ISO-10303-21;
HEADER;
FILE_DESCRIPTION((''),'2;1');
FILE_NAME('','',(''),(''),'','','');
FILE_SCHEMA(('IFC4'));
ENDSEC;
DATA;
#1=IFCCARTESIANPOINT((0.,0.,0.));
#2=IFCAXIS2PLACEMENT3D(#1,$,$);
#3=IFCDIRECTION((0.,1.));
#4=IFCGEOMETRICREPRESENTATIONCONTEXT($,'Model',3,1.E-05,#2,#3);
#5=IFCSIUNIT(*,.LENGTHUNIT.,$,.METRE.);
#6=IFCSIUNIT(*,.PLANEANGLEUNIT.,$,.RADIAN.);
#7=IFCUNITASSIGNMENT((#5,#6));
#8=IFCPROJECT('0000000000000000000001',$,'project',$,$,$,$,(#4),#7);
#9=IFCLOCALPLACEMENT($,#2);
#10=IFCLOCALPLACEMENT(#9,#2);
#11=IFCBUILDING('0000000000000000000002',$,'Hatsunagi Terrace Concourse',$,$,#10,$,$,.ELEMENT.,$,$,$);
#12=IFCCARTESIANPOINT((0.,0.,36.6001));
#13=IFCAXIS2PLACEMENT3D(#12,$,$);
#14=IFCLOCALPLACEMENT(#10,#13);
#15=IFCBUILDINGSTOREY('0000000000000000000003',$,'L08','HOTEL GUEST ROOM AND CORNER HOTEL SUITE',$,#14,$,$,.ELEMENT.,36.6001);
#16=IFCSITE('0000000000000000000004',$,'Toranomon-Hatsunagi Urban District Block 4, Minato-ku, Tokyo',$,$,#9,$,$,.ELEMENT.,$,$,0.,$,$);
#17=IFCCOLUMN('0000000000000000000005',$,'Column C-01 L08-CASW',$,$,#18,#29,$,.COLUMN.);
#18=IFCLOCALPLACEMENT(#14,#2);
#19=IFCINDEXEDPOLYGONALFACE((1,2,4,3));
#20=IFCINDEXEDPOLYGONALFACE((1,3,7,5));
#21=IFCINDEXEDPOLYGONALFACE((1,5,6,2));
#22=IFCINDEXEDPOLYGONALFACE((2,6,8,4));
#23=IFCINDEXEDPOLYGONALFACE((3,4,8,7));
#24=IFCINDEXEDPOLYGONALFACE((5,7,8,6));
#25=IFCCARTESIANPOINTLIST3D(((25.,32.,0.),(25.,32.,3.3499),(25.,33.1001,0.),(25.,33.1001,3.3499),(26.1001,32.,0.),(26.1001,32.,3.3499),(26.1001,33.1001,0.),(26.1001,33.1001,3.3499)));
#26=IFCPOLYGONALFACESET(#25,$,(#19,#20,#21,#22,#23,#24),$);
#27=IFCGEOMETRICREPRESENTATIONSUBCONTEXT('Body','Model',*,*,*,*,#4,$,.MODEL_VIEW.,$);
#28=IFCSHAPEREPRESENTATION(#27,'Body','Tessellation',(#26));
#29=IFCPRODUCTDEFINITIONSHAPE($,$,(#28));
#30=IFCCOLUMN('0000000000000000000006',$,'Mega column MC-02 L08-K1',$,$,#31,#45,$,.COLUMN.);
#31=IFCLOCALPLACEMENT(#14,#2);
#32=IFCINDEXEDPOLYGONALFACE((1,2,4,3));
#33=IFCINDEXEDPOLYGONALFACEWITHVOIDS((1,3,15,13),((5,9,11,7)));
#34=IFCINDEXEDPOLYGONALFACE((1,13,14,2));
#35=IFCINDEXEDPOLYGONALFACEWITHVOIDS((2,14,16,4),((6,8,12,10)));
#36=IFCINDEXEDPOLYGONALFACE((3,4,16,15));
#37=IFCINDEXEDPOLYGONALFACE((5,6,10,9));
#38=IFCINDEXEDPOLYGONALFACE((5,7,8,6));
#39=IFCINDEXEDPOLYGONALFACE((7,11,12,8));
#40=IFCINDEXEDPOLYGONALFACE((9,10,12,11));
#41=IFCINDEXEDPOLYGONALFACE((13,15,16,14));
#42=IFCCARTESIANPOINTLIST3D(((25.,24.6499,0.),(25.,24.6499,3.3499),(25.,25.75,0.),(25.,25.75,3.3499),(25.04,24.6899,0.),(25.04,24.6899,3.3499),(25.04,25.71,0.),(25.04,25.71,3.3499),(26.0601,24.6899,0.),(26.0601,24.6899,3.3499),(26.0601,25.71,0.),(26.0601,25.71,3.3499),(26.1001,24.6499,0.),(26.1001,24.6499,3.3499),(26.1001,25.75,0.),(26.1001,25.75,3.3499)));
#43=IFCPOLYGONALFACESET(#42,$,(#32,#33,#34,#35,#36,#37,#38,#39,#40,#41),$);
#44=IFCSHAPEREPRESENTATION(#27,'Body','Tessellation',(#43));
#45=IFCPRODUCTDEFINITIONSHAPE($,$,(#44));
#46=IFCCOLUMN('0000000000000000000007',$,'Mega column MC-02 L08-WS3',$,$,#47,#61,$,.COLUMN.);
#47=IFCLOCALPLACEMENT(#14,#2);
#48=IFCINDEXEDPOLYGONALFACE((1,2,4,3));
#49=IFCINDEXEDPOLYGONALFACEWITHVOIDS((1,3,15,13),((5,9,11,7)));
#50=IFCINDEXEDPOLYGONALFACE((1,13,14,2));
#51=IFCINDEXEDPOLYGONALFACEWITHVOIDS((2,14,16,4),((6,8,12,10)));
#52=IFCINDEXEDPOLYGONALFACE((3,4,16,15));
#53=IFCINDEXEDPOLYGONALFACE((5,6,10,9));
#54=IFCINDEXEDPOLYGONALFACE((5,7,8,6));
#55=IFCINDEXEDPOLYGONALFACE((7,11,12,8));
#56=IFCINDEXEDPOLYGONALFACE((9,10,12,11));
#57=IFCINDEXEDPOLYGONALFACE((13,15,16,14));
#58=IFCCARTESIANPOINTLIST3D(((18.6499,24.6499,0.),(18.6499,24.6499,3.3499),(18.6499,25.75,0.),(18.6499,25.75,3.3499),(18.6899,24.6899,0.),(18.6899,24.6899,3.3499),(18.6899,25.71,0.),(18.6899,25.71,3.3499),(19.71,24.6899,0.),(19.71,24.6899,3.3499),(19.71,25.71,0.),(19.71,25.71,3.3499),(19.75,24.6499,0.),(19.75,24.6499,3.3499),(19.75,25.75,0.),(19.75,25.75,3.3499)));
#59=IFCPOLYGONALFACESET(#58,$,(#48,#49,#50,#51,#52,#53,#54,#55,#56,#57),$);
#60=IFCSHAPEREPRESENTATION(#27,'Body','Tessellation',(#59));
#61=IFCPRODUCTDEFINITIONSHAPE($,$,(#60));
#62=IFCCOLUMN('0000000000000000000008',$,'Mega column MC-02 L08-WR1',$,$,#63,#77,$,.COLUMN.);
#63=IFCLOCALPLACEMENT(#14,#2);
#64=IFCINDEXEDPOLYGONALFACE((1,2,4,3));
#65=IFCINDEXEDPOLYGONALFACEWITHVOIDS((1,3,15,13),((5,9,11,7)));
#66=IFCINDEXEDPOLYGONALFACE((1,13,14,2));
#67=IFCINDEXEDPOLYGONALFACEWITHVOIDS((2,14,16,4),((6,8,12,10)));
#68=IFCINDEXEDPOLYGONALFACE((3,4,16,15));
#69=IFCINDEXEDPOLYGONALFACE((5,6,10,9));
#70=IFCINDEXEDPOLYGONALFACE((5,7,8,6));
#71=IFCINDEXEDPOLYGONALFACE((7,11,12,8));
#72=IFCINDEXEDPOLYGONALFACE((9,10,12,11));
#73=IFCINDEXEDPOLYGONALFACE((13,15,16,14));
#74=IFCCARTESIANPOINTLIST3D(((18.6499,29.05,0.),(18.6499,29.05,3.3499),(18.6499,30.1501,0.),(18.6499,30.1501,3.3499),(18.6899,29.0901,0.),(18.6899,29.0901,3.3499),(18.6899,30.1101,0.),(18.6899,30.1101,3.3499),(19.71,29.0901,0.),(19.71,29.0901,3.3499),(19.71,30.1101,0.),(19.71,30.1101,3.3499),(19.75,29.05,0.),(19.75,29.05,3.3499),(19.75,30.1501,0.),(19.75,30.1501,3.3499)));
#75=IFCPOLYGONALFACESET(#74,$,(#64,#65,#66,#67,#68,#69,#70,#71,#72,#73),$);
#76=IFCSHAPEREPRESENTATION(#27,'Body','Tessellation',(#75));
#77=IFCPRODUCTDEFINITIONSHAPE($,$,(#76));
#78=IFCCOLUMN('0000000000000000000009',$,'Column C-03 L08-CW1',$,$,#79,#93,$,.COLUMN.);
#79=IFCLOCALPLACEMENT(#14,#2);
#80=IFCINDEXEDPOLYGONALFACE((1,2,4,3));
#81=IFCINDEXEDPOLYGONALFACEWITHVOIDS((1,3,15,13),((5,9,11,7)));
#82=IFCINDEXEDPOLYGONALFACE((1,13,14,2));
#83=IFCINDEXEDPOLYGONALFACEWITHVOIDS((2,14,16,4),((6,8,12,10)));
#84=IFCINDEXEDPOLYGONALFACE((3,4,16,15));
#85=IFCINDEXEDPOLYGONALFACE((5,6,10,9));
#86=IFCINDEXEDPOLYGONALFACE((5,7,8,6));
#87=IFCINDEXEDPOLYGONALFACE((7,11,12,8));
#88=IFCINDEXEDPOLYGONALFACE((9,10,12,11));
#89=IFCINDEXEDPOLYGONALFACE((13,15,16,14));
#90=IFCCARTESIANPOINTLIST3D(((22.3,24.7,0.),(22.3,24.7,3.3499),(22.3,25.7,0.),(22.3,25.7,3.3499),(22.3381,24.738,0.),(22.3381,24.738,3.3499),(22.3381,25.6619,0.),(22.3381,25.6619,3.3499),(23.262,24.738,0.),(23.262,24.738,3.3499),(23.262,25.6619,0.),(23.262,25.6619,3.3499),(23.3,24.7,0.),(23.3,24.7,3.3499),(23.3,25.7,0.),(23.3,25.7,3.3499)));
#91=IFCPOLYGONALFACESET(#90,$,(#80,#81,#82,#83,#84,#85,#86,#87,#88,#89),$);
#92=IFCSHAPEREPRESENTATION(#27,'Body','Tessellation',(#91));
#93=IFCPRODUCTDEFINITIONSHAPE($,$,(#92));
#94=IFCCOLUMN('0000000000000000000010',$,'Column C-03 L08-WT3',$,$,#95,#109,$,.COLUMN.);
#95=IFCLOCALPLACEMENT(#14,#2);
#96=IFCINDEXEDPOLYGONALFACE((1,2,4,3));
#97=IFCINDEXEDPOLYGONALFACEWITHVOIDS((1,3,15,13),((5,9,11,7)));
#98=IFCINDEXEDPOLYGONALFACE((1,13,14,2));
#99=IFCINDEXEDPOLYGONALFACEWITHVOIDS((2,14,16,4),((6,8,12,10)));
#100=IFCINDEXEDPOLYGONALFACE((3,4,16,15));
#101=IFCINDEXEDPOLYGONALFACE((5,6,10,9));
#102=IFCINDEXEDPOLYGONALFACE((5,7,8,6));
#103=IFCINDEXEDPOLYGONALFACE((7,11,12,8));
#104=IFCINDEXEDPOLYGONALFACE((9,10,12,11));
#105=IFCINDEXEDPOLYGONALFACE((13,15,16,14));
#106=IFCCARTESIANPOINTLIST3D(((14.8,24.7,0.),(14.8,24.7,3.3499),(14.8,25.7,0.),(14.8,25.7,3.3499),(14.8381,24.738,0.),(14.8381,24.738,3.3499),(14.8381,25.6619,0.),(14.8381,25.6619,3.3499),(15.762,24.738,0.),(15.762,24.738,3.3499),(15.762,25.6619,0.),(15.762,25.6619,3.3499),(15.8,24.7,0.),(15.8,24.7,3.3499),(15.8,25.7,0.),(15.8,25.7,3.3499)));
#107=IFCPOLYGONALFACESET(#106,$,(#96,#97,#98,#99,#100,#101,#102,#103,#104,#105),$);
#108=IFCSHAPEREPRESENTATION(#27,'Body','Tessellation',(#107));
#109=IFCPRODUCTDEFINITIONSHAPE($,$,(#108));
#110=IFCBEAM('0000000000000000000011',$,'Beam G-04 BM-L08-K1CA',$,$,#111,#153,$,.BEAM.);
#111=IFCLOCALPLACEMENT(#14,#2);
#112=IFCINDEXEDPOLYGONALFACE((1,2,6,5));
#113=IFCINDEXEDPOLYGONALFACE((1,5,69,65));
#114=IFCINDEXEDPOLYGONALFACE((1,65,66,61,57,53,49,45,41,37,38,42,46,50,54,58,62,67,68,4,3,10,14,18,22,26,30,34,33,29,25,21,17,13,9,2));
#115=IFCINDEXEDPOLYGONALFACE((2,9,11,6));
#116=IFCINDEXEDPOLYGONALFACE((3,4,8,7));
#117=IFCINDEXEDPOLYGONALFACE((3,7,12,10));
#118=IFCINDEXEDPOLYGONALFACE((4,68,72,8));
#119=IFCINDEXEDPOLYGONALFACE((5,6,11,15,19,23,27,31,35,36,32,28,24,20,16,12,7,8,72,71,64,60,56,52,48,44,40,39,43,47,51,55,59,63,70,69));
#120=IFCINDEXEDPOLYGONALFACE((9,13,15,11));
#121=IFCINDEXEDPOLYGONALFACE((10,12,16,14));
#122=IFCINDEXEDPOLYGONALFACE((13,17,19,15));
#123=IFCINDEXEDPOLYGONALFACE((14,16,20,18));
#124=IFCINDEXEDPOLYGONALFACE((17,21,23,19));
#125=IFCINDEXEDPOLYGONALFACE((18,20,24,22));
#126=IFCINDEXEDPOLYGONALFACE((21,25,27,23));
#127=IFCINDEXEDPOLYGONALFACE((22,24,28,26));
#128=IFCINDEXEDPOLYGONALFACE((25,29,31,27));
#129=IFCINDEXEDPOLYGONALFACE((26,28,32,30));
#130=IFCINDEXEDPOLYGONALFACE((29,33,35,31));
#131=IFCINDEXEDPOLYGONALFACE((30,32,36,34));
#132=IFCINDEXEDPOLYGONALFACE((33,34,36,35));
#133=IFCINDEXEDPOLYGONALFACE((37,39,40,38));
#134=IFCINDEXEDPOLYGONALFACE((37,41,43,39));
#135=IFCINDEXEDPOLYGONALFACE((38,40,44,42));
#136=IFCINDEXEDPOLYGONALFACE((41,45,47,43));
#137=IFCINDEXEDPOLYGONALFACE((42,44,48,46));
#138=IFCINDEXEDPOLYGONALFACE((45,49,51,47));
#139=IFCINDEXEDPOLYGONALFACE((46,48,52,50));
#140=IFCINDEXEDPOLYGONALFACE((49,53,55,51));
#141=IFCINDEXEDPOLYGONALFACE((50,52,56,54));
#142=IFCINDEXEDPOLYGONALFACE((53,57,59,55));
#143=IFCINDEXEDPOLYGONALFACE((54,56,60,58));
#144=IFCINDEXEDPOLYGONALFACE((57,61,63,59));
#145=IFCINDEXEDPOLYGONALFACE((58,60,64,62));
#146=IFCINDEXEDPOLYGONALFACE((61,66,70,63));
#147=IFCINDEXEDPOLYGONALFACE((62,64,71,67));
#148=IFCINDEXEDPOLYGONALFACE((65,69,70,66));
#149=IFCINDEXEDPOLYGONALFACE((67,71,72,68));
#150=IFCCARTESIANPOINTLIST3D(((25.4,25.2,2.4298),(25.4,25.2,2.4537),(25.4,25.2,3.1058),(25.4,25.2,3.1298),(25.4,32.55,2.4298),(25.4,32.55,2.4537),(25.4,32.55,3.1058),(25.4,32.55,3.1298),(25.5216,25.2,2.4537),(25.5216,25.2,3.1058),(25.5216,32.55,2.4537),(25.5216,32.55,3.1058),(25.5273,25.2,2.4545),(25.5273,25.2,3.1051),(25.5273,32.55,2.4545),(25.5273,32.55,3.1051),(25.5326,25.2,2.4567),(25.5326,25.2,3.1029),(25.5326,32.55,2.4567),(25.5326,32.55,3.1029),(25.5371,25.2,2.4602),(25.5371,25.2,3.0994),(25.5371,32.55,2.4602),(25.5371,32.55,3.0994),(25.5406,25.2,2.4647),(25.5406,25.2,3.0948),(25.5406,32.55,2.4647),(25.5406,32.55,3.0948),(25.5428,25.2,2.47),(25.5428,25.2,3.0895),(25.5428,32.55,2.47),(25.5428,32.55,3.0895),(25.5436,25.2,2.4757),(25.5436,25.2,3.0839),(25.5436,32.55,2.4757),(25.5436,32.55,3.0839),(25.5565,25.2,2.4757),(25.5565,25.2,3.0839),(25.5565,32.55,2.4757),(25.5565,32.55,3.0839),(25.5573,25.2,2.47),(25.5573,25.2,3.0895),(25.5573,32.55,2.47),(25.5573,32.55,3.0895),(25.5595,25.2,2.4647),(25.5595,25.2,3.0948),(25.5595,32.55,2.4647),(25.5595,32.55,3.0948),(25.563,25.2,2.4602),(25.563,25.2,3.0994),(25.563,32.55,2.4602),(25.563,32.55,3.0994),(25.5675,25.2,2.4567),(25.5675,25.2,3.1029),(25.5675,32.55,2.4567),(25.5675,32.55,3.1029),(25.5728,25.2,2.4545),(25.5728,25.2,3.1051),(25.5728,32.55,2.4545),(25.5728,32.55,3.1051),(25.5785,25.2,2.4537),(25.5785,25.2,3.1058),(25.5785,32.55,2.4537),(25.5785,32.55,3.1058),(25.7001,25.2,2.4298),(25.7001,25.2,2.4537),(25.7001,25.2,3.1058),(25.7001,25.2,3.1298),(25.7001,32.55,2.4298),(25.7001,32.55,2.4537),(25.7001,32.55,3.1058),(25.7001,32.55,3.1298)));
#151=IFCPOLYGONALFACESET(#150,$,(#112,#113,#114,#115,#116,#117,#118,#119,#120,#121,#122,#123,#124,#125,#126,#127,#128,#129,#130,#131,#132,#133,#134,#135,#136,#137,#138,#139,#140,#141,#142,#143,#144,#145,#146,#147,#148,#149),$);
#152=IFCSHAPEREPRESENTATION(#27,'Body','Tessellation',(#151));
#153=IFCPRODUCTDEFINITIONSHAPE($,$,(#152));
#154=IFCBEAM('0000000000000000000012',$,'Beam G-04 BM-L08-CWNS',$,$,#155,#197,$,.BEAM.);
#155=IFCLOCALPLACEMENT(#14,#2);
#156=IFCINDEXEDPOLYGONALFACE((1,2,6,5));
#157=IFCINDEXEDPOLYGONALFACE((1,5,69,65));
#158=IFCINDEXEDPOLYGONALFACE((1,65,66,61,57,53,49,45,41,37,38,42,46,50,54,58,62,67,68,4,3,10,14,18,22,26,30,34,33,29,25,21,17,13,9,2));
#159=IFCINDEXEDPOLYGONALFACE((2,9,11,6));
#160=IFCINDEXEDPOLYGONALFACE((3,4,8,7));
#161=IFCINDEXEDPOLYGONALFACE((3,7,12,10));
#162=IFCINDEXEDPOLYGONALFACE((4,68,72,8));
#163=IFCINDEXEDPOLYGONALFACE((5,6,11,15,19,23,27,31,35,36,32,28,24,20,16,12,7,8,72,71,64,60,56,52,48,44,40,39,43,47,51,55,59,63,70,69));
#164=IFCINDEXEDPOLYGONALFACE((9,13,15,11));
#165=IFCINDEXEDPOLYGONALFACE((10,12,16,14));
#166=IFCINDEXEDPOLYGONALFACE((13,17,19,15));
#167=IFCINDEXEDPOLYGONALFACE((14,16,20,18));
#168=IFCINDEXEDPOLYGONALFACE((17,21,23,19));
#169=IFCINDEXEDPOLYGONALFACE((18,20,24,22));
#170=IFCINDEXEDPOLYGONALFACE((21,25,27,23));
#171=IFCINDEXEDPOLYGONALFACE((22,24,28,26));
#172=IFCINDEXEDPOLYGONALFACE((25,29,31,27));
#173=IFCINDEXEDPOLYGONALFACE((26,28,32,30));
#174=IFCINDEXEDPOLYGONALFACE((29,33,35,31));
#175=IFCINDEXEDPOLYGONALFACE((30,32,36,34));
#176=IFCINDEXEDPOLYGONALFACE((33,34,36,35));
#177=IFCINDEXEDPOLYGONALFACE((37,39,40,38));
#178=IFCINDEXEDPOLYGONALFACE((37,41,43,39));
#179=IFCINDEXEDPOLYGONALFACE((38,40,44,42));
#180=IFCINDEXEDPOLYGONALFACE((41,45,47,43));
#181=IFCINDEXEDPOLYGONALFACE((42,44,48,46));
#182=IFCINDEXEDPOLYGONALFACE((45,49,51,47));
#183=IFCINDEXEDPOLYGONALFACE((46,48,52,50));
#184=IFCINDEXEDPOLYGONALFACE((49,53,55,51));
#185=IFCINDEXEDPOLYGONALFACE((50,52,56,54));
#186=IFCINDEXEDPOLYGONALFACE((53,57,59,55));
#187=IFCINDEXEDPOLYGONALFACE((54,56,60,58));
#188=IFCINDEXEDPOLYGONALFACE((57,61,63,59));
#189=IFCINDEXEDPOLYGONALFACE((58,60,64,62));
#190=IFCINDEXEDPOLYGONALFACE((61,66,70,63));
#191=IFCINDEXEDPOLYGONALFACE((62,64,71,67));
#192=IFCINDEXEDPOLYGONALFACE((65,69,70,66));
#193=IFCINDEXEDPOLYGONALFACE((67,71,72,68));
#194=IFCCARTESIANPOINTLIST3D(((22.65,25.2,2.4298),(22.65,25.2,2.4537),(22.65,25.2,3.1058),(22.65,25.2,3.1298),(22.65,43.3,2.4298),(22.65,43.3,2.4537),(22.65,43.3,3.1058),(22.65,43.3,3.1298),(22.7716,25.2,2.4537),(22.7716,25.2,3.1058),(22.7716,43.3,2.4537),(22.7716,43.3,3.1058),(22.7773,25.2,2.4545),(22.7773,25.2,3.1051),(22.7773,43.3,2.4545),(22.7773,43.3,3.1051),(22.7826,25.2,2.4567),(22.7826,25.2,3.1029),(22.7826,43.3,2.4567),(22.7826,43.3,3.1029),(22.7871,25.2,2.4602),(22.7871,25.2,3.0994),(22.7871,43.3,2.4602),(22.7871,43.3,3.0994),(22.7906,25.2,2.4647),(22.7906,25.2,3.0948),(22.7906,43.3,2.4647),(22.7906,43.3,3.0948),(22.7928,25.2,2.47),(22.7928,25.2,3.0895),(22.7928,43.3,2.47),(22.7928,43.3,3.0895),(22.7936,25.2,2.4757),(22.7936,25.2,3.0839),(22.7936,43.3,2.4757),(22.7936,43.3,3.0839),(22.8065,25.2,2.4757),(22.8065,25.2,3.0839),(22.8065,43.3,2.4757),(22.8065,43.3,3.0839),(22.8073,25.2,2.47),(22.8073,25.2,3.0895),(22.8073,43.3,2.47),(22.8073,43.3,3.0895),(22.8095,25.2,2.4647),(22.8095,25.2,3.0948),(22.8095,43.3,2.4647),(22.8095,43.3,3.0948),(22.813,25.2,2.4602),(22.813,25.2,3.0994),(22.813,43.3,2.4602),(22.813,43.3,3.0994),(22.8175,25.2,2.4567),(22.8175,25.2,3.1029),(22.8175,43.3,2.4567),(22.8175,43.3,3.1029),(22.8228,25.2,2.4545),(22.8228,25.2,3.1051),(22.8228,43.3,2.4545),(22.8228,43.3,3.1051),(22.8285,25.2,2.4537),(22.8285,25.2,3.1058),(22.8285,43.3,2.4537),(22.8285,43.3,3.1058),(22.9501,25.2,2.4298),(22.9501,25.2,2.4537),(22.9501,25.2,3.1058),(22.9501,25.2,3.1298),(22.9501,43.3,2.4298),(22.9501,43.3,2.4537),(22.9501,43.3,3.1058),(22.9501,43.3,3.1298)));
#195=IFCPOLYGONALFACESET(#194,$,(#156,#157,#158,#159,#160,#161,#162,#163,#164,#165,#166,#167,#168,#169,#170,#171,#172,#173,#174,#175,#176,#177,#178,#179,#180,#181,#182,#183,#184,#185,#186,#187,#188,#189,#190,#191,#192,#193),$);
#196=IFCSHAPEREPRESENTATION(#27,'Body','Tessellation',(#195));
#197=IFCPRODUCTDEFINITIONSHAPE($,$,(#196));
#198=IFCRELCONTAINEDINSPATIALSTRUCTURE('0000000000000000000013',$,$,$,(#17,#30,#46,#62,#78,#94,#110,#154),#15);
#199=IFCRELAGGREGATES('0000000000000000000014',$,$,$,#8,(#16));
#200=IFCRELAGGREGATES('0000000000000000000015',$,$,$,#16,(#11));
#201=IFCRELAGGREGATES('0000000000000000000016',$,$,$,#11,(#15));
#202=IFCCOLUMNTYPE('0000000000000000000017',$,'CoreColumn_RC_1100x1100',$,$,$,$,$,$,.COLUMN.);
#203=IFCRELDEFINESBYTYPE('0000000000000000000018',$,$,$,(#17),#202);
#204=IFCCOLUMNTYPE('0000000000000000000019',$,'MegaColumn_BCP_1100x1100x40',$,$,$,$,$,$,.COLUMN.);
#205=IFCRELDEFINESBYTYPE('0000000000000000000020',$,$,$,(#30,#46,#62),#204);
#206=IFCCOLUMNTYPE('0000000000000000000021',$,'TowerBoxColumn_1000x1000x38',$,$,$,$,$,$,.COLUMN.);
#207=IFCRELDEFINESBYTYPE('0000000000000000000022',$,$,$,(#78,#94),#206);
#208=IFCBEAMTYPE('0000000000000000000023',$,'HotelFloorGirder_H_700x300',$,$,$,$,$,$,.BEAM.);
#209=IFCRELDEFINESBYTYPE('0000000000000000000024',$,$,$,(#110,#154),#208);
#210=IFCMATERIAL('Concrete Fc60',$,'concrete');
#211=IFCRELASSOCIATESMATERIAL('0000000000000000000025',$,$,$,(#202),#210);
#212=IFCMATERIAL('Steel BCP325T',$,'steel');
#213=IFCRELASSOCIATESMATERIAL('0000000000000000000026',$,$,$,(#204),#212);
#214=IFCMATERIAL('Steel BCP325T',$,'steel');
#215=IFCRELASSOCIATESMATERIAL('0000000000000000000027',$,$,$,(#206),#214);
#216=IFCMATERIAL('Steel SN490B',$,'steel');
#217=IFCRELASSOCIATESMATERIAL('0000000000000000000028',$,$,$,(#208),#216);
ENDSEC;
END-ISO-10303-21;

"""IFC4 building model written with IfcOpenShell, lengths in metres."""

from ifc_helpers import new_model, si_unit, direction, frame, origin, origin_2d, place, context, subcontext, project, spatial, rectangle, hollow_rectangle, i_section, extrude, material, material_profile, profile_set, type_object, element, save


model = new_model("IFC4")

# Units and contexts
model_context = context("Model", 3, precision=1e-05, world=origin(), true_north=direction((0.0, 1.0)))
body_context = subcontext(model_context, "Body", "Model", "MODEL_VIEW")
ifc_project = project(units=[si_unit("LENGTHUNIT", "METRE"), si_unit("PLANEANGLEUNIT", "RADIAN")], contexts=[model_context])

# Site, building, storey
site_placement = place(None, origin())
site = spatial("IfcSite", under=ifc_project, at=site_placement, Name="Toranomon-Hatsunagi Urban District Block 4, Minato-ku, Tokyo", CompositionType="ELEMENT", RefElevation=0.0)
building_placement = place(site_placement, origin())
building = spatial("IfcBuilding", under=site, at=building_placement, Name="Hatsunagi Terrace Concourse", CompositionType="ELEMENT")
storey_placement = place(building_placement, frame((0.0, 0.0, 36.6001)))
storey = spatial("IfcBuildingStorey", under=building, at=storey_placement, Name="L08", Description="HOTEL GUEST ROOM AND CORNER HOTEL SUITE", CompositionType="ELEMENT", Elevation=36.6001)

# Columns
ifc_material_1 = material(Name="Concrete Fc60", Category="concrete")
ifc_material_profile_1 = material_profile(ifc_material_1, rectangle(XDim=1.1001, YDim=1.1001, at=origin_2d()), Name="RC-1100x1100")
ifc_profile_set_1 = profile_set([ifc_material_profile_1], Name="Concrete Fc60")
column_type_1 = type_object("IfcColumnType", Name="CoreColumn_RC_1100x1100", PredefinedType="COLUMN", material=ifc_profile_set_1)
column_placement = place(storey_placement, frame((25.55, 32.55, 0.0), z_axis=(0.0, 0.0, 1.0), x_axis=(1.0, 0.0, 0.0)))
element("IfcColumn", 1, at=column_placement, inside=storey, type_object=column_type_1, Name="Column C-01 L08-CASW", PredefinedType="COLUMN", context=body_context, shape_type="SweptSolid", body=[
    extrude(rectangle(XDim=1.1001, YDim=1.1001, at=origin_2d()), origin(), (0.0, 0.0, 1.0), 3.3499),
])
ifc_material_2 = material(Name="Steel BCP325T", Category="steel")
ifc_material_profile_2 = material_profile(ifc_material_2, hollow_rectangle(XDim=1.1001, YDim=1.1001, WallThickness=0.04, at=origin_2d()), Name="BCP-1100x1100x40")
ifc_profile_set_2 = profile_set([ifc_material_profile_2], Name="Steel BCP325T")
column_type_2 = type_object("IfcColumnType", Name="MegaColumn_BCP_1100x1100x40", PredefinedType="COLUMN", material=ifc_profile_set_2)
for number, where, z_axis, x_axis, name in (
    (2, (25.55, 25.2, 0.0), (0.0, 0.0, 1.0), (1.0, 0.0, 0.0), "Mega column MC-02 L08-K1"),
    (3, (19.2, 25.2, 0.0), (0.0, 0.0, 1.0), (1.0, 0.0, 0.0), "Mega column MC-02 L08-WS3"),
    (4, (19.2, 29.6001, 0.0), (0.0, 0.0, 1.0), (1.0, 0.0, 0.0), "Mega column MC-02 L08-WR1"),
):
    element("IfcColumn", number, at=place(storey_placement, frame(where, z_axis=z_axis, x_axis=x_axis)), inside=storey, type_object=column_type_2, Name=name, PredefinedType="COLUMN", context=body_context, shape_type="SweptSolid", body=[
        extrude(hollow_rectangle(XDim=1.1001, YDim=1.1001, WallThickness=0.04, at=origin_2d()), origin(), (0.0, 0.0, 1.0), 3.3499),
    ])
ifc_material_3 = material(Name="Steel BCP325T", Category="steel")
ifc_material_profile_3 = material_profile(ifc_material_3, hollow_rectangle(XDim=1.0, YDim=1.0, WallThickness=0.0381, at=origin_2d()), Name="BCP-1000x1000x38")
ifc_profile_set_3 = profile_set([ifc_material_profile_3], Name="Steel BCP325T")
column_type_3 = type_object("IfcColumnType", Name="TowerBoxColumn_1000x1000x38", PredefinedType="COLUMN", material=ifc_profile_set_3)
for number, where, z_axis, x_axis, name in (
    (5, (22.8, 25.2, 0.0), (0.0, 0.0, 1.0), (1.0, 0.0, 0.0), "Column C-03 L08-CW1"),
    (6, (15.3, 25.2, 0.0), (0.0, 0.0, 1.0), (1.0, 0.0, 0.0), "Column C-03 L08-WT3"),
):
    element("IfcColumn", number, at=place(storey_placement, frame(where, z_axis=z_axis, x_axis=x_axis)), inside=storey, type_object=column_type_3, Name=name, PredefinedType="COLUMN", context=body_context, shape_type="SweptSolid", body=[
        extrude(hollow_rectangle(XDim=1.0, YDim=1.0, WallThickness=0.0381, at=origin_2d()), origin(), (0.0, 0.0, 1.0), 3.3499),
    ])

# Beams
ifc_material_4 = material(Name="Steel SN490B", Category="steel")
ifc_material_profile_4 = material_profile(ifc_material_4, i_section(OverallWidth=0.3, OverallDepth=0.7, WebThickness=0.0129, FlangeThickness=0.0239, FilletRadius=0.022, at=origin_2d()), Name="H-700x300x13x24")
ifc_profile_set_4 = profile_set([ifc_material_profile_4], Name="Steel SN490B")
beam_type_1 = type_object("IfcBeamType", Name="HotelFloorGirder_H_700x300", PredefinedType="BEAM", material=ifc_profile_set_4)
beam_1_placement = place(storey_placement, frame((25.55, 25.2, 2.7798), z_axis=(0.0, 1.0, 0.0), x_axis=(-1.0, 0.0, 0.0)))
element("IfcBeam", 7, at=beam_1_placement, inside=storey, type_object=beam_type_1, Name="Beam G-04 BM-L08-K1CA", PredefinedType="BEAM", context=body_context, shape_type="SweptSolid", body=[
    extrude(i_section(OverallWidth=0.3, OverallDepth=0.7, WebThickness=0.0129, FlangeThickness=0.0239, FilletRadius=0.022, at=origin_2d()), origin(), (0.0, 0.0, 1.0), 7.3501),
])
beam_2_placement = place(storey_placement, frame((22.8, 25.2, 2.7798), z_axis=(0.0, 1.0, 0.0), x_axis=(-1.0, 0.0, 0.0)))
element("IfcBeam", 8, at=beam_2_placement, inside=storey, type_object=beam_type_1, Name="Beam G-04 BM-L08-CWNS", PredefinedType="BEAM", context=body_context, shape_type="SweptSolid", body=[
    extrude(i_section(OverallWidth=0.3, OverallDepth=0.7, WebThickness=0.0129, FlangeThickness=0.0239, FilletRadius=0.022, at=origin_2d()), origin(), (0.0, 0.0, 1.0), 18.1001),
])

save(model, "model.ifc")
